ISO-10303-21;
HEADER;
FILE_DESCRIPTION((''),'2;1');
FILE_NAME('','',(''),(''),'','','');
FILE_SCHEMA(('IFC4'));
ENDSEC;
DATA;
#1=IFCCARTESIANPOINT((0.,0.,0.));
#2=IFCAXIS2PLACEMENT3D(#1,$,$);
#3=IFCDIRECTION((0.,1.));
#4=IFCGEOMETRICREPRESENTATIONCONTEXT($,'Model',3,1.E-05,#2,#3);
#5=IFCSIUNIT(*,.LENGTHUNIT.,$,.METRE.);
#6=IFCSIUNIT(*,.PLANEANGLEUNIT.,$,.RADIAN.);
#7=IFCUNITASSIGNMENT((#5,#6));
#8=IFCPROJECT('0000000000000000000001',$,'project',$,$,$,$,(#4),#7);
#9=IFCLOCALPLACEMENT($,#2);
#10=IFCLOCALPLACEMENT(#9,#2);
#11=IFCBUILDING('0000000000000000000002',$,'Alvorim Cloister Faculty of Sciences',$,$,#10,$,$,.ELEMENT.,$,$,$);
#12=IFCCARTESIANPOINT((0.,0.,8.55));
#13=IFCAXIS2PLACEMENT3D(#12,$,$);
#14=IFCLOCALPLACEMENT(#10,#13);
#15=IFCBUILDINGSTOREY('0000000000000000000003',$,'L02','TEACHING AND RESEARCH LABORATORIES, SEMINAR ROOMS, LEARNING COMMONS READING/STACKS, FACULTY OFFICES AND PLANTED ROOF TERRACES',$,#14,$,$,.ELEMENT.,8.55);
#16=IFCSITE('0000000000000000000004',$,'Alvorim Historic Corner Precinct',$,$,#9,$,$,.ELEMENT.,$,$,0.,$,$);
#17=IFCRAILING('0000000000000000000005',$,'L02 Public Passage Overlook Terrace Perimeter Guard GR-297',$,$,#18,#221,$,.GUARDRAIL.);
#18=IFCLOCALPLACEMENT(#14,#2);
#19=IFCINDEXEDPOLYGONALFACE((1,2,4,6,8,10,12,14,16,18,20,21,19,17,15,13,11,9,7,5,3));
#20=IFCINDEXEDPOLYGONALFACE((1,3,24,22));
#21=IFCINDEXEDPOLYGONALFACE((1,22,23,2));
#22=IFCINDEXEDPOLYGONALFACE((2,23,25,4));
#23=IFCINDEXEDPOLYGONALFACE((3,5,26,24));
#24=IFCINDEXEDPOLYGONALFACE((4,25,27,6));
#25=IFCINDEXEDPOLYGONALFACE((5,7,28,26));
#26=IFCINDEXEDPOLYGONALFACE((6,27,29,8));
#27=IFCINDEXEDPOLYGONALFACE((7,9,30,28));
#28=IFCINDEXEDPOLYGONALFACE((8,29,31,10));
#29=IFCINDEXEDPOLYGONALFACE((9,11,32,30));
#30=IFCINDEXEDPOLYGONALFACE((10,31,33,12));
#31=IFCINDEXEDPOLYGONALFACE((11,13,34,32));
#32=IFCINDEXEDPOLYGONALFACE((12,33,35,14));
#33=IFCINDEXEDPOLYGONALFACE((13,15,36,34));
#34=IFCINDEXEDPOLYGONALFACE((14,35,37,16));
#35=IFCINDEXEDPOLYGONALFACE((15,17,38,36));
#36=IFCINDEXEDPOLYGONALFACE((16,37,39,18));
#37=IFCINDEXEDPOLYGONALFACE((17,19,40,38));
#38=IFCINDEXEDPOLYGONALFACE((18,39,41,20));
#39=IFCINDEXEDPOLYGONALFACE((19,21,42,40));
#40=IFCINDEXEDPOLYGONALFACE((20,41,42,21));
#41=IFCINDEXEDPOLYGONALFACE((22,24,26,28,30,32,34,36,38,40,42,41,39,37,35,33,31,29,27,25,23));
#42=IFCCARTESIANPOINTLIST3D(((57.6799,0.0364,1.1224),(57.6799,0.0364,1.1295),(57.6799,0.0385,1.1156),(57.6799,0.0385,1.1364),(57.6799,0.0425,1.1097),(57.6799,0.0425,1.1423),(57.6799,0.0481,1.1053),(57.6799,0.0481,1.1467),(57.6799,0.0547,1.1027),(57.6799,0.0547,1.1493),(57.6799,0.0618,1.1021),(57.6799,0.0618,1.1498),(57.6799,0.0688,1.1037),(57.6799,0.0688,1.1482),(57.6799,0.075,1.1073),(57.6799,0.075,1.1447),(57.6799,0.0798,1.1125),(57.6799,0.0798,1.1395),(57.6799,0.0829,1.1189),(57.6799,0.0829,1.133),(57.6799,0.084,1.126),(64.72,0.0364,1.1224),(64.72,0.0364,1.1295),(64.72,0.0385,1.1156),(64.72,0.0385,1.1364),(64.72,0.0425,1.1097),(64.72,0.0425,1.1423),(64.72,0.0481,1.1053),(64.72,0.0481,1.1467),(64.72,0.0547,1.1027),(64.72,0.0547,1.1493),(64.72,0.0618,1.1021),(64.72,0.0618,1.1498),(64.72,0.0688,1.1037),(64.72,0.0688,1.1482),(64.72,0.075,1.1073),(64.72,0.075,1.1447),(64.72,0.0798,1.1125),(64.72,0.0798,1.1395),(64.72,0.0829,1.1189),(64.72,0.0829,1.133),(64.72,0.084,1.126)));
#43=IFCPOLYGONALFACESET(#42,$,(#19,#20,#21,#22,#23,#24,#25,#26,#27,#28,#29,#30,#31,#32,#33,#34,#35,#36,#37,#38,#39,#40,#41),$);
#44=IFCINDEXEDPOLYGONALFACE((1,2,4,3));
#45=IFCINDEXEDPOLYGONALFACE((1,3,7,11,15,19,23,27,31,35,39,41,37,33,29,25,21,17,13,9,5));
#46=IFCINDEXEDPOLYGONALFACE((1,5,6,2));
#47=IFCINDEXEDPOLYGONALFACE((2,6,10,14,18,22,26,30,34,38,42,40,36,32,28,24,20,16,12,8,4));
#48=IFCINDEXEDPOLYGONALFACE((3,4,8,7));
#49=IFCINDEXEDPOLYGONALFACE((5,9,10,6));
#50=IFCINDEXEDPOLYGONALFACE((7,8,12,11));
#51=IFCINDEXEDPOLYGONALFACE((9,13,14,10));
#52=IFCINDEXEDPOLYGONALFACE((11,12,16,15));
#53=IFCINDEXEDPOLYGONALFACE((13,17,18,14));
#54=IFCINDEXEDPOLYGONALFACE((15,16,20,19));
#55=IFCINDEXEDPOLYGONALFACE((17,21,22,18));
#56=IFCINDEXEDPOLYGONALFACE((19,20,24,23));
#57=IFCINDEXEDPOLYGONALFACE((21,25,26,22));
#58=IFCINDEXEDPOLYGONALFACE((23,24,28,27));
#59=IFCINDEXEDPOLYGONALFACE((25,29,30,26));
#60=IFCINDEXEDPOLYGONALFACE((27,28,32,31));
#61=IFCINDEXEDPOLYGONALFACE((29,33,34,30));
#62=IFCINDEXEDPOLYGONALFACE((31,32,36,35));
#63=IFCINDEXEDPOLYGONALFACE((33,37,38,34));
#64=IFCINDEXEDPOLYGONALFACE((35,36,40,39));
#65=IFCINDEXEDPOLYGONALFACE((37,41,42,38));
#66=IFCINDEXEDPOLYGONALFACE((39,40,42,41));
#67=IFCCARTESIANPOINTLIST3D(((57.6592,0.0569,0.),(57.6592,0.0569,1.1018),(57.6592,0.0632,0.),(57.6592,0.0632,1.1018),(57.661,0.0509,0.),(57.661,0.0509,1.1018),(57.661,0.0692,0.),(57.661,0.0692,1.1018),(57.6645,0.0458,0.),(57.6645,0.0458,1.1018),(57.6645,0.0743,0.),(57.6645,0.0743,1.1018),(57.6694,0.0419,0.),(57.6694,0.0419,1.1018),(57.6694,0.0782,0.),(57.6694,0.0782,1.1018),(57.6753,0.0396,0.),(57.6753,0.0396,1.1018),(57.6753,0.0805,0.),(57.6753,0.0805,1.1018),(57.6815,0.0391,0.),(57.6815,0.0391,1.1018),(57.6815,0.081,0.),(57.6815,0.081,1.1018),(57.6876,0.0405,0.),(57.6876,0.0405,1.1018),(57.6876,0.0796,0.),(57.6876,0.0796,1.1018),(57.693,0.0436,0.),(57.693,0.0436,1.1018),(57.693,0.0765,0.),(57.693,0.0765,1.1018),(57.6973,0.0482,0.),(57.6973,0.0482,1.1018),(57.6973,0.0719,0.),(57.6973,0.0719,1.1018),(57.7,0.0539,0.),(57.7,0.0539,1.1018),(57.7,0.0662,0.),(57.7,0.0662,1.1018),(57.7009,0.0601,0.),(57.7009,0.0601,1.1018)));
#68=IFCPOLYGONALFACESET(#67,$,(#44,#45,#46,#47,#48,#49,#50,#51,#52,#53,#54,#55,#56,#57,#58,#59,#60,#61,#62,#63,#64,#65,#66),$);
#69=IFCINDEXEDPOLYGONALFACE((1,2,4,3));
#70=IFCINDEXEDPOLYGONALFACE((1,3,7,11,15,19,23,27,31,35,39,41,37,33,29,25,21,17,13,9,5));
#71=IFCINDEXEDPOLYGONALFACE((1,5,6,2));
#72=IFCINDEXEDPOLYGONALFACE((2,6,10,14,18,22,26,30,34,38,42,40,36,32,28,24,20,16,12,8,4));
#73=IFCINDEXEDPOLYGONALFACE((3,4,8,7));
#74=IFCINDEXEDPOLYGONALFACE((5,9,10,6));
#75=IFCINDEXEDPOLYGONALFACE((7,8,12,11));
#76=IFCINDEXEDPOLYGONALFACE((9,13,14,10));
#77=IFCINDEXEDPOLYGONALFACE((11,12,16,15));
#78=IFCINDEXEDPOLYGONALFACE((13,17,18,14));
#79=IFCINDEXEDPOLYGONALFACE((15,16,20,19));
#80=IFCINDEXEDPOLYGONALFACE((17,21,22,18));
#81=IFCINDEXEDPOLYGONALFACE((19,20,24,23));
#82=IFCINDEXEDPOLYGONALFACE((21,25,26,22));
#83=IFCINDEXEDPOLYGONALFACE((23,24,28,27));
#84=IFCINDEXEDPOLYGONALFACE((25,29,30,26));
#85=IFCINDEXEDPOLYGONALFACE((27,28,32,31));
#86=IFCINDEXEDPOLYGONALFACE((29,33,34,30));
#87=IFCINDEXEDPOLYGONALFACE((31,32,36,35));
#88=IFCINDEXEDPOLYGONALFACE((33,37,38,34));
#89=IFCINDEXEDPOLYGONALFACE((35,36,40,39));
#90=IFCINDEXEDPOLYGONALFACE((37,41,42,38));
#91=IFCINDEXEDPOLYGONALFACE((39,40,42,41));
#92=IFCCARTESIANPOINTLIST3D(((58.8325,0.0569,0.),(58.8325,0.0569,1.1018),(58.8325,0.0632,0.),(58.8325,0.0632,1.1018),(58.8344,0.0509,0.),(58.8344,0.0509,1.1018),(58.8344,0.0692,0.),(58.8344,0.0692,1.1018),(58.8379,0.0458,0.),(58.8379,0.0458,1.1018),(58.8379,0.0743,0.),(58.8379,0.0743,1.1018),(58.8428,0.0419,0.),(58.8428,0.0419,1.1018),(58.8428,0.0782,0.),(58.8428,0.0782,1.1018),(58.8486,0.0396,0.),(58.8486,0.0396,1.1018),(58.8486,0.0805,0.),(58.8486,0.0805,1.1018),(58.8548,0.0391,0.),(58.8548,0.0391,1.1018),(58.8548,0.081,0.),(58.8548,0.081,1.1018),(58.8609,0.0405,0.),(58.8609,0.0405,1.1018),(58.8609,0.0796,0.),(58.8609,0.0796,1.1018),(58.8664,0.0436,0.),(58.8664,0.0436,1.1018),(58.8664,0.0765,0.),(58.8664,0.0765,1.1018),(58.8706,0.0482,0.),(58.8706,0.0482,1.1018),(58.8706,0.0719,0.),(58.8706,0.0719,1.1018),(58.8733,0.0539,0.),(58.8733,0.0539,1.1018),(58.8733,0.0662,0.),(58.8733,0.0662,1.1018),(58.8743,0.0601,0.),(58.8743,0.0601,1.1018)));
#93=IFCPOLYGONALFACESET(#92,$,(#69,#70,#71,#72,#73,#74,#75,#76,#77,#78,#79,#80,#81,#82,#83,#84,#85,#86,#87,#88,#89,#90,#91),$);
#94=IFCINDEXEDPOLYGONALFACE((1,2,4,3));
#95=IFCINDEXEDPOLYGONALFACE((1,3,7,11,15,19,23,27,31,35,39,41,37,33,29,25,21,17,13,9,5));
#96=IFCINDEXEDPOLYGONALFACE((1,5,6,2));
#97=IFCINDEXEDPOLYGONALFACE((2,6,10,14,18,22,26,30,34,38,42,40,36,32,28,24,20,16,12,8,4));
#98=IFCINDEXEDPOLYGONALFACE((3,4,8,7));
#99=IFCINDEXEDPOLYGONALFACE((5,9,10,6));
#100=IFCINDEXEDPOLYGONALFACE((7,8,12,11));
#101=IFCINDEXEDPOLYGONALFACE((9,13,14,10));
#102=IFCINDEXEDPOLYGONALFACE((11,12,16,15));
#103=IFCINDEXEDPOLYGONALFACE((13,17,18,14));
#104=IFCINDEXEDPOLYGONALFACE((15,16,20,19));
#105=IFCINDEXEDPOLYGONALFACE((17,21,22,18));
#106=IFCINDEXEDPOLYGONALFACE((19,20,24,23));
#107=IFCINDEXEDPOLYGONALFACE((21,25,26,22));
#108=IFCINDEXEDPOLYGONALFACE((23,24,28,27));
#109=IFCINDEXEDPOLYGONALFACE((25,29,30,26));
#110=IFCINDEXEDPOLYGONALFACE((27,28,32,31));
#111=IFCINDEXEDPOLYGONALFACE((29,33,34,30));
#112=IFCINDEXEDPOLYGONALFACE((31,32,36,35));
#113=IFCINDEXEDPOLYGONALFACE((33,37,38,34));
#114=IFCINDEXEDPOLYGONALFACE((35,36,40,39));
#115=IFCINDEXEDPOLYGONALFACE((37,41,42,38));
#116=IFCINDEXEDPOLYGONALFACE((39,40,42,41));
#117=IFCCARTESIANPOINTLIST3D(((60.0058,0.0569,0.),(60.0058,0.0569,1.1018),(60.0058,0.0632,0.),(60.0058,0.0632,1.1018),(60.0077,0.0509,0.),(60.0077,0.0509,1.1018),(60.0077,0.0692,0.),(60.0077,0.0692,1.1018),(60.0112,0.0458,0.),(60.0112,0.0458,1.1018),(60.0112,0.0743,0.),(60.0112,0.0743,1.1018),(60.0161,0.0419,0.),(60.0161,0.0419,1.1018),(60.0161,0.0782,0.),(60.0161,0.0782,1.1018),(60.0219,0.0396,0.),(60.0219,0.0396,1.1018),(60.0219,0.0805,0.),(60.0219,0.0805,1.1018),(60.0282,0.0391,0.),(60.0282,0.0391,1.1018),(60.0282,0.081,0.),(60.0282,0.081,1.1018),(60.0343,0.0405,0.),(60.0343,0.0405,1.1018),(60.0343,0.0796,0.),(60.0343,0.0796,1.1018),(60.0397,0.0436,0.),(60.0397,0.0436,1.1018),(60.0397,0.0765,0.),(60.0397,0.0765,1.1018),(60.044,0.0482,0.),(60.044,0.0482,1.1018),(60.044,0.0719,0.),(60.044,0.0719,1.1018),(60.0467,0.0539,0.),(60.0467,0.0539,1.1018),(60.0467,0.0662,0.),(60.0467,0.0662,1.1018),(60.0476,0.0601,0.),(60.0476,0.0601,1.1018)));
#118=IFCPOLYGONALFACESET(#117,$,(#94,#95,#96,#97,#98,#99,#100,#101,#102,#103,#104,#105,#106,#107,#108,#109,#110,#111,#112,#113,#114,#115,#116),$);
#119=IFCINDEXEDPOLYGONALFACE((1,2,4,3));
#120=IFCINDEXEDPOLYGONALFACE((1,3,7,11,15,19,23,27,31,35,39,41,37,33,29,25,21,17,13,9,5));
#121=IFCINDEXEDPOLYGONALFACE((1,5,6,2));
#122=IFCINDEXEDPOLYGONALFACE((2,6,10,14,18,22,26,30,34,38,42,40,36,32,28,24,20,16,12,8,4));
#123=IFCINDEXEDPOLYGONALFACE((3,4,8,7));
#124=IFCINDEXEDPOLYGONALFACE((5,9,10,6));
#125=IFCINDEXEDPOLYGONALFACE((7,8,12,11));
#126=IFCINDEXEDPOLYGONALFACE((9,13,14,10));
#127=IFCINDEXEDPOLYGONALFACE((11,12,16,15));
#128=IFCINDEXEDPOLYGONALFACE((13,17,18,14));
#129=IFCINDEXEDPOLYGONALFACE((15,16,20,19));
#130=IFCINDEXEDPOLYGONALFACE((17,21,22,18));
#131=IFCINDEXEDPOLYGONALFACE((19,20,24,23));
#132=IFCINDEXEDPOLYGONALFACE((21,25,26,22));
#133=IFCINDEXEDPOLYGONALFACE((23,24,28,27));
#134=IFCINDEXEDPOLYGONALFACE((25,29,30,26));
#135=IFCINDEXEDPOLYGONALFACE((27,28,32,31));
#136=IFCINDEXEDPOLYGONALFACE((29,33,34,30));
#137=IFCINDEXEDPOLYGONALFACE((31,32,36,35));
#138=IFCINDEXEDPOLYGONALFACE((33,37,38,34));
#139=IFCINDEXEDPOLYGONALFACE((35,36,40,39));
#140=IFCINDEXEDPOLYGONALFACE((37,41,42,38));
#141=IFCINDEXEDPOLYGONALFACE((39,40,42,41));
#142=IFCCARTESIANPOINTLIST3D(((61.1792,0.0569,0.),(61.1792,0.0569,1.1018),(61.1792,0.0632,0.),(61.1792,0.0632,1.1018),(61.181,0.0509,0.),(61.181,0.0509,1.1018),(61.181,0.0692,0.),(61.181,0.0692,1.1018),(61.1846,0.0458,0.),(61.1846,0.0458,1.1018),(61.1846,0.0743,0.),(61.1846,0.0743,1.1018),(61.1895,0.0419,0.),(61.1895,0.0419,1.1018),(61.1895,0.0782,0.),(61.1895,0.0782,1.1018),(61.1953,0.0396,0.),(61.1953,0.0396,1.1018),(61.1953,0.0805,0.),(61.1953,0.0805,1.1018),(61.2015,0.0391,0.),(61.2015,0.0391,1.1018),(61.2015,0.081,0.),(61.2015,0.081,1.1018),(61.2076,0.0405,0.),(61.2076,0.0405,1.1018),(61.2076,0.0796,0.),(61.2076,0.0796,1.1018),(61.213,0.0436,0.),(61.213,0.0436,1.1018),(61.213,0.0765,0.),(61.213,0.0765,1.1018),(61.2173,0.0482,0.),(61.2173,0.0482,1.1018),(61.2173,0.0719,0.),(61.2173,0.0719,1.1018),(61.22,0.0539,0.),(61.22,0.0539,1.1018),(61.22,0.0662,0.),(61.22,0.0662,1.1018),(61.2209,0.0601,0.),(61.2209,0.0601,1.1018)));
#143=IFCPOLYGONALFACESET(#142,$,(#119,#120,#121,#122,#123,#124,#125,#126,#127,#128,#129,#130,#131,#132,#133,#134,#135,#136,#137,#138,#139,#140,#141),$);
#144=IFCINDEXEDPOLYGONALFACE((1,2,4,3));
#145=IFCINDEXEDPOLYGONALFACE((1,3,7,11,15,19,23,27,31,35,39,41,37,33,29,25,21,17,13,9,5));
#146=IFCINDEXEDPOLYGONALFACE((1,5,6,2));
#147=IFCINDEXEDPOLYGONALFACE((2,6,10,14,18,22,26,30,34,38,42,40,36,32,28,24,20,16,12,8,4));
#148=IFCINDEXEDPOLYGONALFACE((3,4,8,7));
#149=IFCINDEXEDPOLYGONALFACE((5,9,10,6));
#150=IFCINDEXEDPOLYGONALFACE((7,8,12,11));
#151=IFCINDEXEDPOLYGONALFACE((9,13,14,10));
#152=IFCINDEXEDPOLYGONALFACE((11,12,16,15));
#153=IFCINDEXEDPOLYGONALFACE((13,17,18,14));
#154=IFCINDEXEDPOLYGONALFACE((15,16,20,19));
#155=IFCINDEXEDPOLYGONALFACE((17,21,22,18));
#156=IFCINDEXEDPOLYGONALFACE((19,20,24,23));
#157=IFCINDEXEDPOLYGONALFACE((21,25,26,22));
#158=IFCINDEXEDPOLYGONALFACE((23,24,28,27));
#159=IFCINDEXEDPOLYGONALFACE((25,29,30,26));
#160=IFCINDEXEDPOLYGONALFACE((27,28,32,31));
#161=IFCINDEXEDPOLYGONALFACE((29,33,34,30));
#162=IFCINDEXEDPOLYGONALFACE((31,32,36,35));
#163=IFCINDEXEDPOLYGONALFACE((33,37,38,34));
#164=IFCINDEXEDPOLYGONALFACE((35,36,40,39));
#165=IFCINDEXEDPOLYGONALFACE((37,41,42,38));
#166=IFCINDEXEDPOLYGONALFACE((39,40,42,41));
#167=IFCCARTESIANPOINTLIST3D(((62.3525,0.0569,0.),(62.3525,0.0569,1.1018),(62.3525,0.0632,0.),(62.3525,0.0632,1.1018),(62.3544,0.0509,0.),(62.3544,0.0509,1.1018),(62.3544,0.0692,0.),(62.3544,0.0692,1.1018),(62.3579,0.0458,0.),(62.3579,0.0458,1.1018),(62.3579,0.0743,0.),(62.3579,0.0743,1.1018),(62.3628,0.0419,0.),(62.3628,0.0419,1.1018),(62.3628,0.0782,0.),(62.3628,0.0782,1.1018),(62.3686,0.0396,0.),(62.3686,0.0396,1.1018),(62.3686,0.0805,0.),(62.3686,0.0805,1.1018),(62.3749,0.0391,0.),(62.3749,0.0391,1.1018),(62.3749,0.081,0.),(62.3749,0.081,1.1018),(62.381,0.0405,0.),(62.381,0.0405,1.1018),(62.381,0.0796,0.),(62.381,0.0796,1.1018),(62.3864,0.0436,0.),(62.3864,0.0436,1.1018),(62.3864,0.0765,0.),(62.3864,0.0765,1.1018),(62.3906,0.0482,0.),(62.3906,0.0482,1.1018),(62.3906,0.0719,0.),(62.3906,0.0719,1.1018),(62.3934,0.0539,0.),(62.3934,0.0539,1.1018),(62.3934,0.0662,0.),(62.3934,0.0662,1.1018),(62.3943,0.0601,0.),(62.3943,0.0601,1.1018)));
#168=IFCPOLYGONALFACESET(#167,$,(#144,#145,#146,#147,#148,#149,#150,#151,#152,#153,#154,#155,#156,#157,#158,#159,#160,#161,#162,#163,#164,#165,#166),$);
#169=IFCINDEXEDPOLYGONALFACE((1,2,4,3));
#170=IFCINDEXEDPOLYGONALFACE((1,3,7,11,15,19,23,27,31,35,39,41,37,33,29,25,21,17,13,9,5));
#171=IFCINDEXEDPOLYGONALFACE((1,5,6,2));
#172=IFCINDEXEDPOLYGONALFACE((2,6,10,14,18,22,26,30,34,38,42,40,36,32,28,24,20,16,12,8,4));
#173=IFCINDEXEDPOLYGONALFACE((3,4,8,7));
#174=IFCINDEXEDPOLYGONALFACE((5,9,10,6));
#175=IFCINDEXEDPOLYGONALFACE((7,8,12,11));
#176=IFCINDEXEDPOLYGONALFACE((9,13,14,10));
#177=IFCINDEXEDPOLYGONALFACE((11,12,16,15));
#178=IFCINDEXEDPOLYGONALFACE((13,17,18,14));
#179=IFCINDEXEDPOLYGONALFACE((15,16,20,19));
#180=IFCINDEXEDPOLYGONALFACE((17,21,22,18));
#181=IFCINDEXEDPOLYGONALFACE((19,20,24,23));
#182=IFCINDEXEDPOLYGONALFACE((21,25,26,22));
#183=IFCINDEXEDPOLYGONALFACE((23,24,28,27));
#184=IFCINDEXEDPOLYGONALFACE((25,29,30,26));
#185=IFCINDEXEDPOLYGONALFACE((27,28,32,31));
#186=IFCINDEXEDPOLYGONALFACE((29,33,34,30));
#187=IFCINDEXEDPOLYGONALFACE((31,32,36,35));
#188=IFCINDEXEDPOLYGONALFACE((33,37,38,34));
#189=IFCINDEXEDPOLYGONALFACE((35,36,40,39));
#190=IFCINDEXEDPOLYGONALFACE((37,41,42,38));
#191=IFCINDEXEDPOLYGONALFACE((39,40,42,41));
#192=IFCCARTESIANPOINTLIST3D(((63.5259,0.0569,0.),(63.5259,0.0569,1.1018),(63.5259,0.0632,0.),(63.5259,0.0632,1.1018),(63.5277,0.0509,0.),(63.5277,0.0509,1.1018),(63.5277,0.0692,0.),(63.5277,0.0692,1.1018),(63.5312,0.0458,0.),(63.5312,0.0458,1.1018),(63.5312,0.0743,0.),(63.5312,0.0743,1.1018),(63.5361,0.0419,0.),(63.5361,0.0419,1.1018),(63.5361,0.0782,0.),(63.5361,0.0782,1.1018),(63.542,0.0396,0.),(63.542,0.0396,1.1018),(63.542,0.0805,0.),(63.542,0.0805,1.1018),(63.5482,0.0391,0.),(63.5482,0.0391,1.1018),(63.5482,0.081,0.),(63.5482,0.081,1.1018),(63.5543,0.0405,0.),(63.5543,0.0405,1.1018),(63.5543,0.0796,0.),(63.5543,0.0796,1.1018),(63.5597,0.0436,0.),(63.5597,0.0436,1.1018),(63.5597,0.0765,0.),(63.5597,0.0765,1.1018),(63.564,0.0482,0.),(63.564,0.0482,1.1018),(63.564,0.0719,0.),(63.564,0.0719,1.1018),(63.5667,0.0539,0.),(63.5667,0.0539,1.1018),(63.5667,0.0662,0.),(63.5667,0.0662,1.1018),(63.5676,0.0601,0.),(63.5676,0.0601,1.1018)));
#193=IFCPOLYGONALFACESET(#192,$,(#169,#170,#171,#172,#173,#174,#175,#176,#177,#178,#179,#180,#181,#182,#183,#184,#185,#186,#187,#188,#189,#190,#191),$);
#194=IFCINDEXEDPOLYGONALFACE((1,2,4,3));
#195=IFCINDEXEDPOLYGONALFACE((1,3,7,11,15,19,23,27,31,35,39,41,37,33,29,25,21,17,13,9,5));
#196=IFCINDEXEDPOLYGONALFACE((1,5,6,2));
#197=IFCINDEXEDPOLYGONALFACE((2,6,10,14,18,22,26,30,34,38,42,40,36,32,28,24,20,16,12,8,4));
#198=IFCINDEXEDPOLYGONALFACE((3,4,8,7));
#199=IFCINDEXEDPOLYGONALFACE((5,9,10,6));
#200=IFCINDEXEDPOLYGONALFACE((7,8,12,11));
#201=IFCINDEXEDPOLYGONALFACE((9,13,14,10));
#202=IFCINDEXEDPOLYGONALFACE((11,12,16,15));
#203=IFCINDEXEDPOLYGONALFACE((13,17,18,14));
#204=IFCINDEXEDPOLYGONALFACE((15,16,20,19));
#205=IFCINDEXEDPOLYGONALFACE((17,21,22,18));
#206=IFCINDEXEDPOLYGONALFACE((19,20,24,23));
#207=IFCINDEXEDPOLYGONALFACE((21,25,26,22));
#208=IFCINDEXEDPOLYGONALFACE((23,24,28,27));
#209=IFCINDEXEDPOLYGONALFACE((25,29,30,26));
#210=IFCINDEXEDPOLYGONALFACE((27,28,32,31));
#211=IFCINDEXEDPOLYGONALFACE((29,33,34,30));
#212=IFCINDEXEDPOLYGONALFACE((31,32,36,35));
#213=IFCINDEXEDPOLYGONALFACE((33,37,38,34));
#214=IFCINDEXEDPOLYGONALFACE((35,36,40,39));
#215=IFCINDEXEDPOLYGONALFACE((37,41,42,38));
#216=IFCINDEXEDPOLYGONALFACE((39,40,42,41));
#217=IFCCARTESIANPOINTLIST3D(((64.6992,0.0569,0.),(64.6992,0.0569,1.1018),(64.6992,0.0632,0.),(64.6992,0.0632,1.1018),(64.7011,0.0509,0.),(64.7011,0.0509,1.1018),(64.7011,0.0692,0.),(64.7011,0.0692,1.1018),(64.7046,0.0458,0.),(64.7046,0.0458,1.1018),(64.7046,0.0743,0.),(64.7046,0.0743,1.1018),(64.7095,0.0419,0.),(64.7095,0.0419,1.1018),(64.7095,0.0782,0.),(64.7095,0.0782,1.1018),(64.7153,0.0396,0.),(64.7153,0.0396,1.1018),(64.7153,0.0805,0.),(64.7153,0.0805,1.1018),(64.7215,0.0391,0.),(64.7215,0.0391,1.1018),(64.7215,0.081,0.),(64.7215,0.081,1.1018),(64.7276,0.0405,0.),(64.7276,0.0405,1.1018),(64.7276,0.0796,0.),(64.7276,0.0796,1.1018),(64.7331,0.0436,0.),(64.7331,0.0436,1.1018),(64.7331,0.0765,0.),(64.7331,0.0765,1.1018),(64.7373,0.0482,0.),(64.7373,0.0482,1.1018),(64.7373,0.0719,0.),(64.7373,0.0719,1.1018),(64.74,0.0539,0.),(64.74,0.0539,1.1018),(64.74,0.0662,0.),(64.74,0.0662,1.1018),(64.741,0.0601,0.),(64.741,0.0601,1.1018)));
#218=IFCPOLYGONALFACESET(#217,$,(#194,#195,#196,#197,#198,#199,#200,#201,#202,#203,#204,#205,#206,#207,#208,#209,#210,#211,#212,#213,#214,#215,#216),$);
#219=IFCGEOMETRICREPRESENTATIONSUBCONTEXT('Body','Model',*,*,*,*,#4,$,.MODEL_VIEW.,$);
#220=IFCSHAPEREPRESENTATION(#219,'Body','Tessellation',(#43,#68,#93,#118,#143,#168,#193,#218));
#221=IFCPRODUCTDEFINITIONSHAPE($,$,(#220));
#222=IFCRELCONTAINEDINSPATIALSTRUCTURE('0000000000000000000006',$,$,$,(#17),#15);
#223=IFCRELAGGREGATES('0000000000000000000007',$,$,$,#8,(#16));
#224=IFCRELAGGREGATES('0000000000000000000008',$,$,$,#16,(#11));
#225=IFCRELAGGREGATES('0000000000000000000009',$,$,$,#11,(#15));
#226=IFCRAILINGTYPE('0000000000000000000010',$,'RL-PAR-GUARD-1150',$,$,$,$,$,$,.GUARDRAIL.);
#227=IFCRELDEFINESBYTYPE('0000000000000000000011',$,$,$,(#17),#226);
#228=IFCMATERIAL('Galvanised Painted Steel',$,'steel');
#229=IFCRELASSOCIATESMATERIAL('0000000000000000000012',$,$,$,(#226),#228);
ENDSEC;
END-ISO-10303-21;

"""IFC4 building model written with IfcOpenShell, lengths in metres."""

from ifc_helpers import new_model, si_unit, direction, frame, origin, origin_2d, place, context, subcontext, project, spatial, circle, extrude, material, type_object, element, save


model = new_model("IFC4")

# Units and contexts
model_context = context("Model", 3, precision=1e-05, world=origin(), true_north=direction((0.0, 1.0)))
body_context = subcontext(model_context, "Body", "Model", "MODEL_VIEW")
ifc_project = project(units=[si_unit("LENGTHUNIT", "METRE"), si_unit("PLANEANGLEUNIT", "RADIAN")], contexts=[model_context])

# Site, building, storey
site_placement = place(None, origin())
site = spatial("IfcSite", under=ifc_project, at=site_placement, Name="Alvorim Historic Corner Precinct", CompositionType="ELEMENT", RefElevation=0.0)
building_placement = place(site_placement, origin())
building = spatial("IfcBuilding", under=site, at=building_placement, Name="Alvorim Cloister Faculty of Sciences", CompositionType="ELEMENT")
storey_placement = place(building_placement, frame((0.0, 0.0, 8.55)))
storey = spatial("IfcBuildingStorey", under=building, at=storey_placement, Name="L02", Description="TEACHING AND RESEARCH LABORATORIES, SEMINAR ROOMS, LEARNING COMMONS READING/STACKS, FACULTY OFFICES AND PLANTED ROOF TERRACES", CompositionType="ELEMENT", Elevation=8.55)

# Railing
ifc_material_1 = material(Name="Galvanised Painted Steel", Category="steel")
railing_type_1 = type_object("IfcRailingType", Name="RL-PAR-GUARD-1150", PredefinedType="GUARDRAIL", material=ifc_material_1)
railing_1_placement = place(storey_placement, frame((57.6799, 0.0601, 0.0)))
element("IfcRailing", 1, at=railing_1_placement, inside=storey, type_object=railing_type_1, Name="L02 Public Passage Overlook Terrace Perimeter Guard GR-297", PredefinedType="GUARDRAIL", context=body_context, shape_type="SweptSolid", body=[
    extrude(circle(Radius=0.0239, at=origin_2d()), frame((0.0, 0.0, 1.126), z_axis=(1.0, 0.0, 0.0), x_axis=(0.0, 1.0, 0.0)), (0.0, 0.0, 1.0), 7.04),
    extrude(circle(Radius=0.021, at=origin_2d()), origin(), (0.0, 0.0, 1.0), 1.1018),
    extrude(circle(Radius=0.021, at=origin_2d()), frame((1.1733, 0.0, 0.0)), (0.0, 0.0, 1.0), 1.1018),
    extrude(circle(Radius=0.021, at=origin_2d()), frame((2.3467, 0.0, 0.0)), (0.0, 0.0, 1.0), 1.1018),
    extrude(circle(Radius=0.021, at=origin_2d()), frame((3.52, 0.0, 0.0)), (0.0, 0.0, 1.0), 1.1018),
    extrude(circle(Radius=0.021, at=origin_2d()), frame((4.6934, 0.0, 0.0)), (0.0, 0.0, 1.0), 1.1018),
    extrude(circle(Radius=0.021, at=origin_2d()), frame((5.8667, 0.0, 0.0)), (0.0, 0.0, 1.0), 1.1018),
    extrude(circle(Radius=0.021, at=origin_2d()), frame((7.04, 0.0, 0.0)), (0.0, 0.0, 1.0), 1.1018),
])

save(model, "model.ifc")
